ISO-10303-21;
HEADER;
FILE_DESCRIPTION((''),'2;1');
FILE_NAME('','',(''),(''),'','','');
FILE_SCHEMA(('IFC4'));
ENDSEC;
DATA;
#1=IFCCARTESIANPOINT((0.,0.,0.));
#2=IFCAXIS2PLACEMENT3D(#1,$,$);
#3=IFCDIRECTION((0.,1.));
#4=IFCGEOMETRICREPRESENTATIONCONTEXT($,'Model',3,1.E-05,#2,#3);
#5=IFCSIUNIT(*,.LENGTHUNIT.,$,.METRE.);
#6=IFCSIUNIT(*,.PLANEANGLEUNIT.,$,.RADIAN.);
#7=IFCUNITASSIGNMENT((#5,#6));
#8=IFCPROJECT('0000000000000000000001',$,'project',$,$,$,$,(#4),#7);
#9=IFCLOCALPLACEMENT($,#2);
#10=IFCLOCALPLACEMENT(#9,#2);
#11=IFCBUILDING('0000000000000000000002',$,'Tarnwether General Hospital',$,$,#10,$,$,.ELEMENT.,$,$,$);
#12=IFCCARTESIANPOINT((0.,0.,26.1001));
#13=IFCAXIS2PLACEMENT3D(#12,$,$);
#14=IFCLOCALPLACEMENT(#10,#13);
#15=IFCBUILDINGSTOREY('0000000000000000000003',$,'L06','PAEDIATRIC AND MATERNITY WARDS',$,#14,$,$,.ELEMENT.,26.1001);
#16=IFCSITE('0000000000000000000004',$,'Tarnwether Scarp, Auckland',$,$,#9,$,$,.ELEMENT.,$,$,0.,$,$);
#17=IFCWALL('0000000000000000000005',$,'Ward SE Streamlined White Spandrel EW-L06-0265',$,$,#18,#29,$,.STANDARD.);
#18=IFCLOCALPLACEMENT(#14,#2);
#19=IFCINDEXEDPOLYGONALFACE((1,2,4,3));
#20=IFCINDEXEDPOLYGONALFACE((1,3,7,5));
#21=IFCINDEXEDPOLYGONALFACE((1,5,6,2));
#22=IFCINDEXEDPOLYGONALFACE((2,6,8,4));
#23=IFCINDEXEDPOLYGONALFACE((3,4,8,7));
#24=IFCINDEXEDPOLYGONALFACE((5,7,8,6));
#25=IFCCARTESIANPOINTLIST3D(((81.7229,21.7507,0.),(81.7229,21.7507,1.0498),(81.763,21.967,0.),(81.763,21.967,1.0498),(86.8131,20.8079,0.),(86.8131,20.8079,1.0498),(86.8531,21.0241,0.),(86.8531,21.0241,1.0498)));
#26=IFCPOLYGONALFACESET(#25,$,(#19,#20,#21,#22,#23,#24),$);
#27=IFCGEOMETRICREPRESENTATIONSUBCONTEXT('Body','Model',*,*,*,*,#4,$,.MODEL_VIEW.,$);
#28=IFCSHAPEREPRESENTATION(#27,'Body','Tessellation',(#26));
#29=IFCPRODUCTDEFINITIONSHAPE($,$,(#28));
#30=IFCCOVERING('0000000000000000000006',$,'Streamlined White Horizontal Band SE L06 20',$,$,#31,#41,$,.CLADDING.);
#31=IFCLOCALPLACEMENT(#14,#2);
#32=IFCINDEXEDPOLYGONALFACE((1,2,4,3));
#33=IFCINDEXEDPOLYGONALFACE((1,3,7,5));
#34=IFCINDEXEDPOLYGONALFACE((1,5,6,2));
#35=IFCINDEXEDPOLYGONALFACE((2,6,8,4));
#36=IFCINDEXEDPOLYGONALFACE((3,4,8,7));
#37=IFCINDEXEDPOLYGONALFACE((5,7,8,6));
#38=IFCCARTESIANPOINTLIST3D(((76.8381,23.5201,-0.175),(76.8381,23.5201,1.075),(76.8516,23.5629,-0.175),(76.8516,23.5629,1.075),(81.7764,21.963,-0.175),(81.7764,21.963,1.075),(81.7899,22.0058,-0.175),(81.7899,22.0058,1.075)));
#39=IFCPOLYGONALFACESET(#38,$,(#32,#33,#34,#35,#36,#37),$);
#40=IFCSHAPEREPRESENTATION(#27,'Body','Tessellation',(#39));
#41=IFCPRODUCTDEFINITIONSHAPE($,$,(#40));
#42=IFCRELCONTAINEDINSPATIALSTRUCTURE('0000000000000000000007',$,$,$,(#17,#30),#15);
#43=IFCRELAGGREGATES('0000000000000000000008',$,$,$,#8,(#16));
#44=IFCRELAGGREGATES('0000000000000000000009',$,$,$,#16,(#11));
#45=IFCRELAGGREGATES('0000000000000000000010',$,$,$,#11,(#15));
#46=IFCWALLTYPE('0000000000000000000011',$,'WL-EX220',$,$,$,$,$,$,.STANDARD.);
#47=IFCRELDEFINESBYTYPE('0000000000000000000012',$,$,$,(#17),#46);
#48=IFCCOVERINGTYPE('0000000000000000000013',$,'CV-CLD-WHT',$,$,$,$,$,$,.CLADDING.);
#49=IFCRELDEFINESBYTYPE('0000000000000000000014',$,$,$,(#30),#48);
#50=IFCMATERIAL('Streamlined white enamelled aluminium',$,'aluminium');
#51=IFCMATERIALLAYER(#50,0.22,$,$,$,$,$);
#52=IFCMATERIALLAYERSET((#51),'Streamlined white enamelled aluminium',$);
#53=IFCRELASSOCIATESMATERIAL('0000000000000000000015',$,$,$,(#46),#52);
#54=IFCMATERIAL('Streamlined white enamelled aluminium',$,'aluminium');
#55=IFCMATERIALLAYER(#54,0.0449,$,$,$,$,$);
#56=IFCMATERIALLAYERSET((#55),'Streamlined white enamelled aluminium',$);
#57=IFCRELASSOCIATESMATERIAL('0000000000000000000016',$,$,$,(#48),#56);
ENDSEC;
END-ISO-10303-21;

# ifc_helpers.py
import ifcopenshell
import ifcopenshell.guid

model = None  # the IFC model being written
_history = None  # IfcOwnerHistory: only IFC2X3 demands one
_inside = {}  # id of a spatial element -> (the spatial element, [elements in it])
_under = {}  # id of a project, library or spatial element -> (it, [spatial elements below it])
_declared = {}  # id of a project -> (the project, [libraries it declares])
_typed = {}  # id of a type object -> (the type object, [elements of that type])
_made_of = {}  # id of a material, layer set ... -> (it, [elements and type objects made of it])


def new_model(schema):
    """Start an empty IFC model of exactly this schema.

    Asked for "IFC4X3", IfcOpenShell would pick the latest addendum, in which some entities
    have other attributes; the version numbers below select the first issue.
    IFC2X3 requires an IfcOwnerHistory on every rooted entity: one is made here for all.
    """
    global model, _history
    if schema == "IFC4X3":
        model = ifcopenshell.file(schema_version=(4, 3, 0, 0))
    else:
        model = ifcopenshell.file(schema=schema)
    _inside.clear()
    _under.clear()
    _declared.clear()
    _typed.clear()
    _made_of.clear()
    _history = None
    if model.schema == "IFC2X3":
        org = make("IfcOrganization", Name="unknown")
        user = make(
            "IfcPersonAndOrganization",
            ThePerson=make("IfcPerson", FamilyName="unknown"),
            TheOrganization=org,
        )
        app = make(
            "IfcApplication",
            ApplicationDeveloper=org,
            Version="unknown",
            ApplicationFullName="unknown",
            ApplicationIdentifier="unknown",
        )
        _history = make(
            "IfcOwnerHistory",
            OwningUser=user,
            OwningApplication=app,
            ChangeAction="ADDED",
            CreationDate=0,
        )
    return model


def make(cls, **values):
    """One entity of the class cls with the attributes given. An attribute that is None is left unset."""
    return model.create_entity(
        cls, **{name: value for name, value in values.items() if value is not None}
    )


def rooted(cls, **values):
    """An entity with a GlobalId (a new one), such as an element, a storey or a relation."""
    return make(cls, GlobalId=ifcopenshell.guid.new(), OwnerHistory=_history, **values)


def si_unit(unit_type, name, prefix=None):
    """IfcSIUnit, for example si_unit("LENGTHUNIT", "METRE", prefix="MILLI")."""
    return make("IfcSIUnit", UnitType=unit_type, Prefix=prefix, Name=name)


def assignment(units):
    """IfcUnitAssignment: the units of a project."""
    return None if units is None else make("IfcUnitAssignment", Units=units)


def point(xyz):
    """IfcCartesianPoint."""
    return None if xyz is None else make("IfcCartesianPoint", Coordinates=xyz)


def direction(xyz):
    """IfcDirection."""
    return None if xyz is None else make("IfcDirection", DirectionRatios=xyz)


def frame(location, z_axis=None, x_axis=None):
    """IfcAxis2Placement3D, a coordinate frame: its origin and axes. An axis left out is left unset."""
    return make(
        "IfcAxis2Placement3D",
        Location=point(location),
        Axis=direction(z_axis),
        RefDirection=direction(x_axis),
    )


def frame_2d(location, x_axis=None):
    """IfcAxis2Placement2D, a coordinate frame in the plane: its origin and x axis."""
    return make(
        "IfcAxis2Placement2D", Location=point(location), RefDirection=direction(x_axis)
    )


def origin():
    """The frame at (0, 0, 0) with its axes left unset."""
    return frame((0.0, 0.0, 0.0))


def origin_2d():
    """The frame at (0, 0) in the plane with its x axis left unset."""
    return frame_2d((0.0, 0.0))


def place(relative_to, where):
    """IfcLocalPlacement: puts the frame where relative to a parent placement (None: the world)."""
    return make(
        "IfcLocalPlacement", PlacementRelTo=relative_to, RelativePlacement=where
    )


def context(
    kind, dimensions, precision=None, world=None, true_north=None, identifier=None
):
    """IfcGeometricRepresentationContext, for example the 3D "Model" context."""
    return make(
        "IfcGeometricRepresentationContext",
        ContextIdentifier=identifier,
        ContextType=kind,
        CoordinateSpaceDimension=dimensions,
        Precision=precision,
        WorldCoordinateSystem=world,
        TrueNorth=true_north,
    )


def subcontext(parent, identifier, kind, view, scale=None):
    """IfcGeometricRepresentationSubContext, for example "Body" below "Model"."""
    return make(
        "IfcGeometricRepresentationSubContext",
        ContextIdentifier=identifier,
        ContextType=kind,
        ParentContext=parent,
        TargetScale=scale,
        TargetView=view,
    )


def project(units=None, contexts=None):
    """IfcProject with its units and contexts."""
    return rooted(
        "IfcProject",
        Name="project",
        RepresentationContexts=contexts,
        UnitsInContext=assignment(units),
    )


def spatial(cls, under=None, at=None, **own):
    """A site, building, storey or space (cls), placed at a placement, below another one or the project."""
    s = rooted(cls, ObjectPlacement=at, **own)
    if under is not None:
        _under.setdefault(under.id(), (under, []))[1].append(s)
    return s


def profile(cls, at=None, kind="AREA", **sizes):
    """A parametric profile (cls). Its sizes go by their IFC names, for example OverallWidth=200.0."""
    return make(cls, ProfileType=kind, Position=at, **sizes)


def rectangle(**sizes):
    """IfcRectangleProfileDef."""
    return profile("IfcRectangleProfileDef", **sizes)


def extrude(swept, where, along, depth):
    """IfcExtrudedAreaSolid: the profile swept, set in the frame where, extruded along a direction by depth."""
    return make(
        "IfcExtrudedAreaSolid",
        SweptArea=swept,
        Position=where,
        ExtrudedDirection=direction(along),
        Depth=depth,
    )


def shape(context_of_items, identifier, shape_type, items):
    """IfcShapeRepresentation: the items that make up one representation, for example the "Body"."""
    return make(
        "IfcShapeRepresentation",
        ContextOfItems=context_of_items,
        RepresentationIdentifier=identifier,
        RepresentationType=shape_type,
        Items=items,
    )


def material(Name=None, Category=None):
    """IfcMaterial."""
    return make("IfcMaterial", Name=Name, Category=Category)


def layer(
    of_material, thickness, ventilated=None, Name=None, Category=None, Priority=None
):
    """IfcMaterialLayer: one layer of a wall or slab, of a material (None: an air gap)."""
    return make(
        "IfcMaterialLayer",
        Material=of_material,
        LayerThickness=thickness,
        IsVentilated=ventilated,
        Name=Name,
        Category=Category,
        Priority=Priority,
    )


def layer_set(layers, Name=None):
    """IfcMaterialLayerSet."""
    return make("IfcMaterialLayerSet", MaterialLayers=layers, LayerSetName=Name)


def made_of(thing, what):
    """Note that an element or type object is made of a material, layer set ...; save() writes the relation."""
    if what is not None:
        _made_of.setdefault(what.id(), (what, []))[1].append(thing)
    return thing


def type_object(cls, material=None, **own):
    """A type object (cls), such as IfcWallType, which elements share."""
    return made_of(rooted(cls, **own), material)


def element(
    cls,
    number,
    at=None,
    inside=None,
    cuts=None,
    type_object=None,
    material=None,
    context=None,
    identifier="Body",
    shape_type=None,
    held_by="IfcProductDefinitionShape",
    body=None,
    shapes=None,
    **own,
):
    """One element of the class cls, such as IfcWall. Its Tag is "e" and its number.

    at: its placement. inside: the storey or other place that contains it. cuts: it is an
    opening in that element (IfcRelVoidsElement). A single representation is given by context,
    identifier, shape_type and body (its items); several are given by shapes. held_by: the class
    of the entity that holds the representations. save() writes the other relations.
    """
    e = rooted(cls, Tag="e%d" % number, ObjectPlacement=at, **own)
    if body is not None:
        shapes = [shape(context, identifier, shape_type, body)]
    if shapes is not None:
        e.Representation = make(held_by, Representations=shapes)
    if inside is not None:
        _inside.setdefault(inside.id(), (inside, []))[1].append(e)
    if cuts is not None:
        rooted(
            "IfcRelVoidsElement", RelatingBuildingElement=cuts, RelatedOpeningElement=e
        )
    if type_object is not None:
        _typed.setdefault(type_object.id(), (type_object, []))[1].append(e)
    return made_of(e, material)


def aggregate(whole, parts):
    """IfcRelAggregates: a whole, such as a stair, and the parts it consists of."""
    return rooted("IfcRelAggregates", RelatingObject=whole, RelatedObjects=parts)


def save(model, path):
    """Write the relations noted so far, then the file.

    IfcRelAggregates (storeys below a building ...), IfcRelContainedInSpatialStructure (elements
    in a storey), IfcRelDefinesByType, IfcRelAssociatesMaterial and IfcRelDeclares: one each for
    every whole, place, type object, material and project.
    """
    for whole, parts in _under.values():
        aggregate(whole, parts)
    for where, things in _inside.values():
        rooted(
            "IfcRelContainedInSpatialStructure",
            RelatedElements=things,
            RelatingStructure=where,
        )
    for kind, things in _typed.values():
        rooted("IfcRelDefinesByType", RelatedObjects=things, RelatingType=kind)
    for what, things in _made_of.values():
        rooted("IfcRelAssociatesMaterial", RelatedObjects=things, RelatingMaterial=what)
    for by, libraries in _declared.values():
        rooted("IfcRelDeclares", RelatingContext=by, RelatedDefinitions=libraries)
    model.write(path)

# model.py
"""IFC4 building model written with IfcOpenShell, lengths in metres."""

from ifc_helpers import new_model, si_unit, direction, frame, frame_2d, origin, origin_2d, place, context, subcontext, project, spatial, rectangle, extrude, material, layer, layer_set, type_object, element, save


model = new_model("IFC4")

# Units and contexts
model_context = context("Model", 3, precision=1e-05, world=origin(), true_north=direction((0.0, 1.0)))
body_context = subcontext(model_context, "Body", "Model", "MODEL_VIEW")
ifc_project = project(units=[si_unit("LENGTHUNIT", "METRE"), si_unit("PLANEANGLEUNIT", "RADIAN")], contexts=[model_context])

# Site, building, storey
site_placement = place(None, origin())
site = spatial("IfcSite", under=ifc_project, at=site_placement, Name="Tarnwether Scarp, Auckland", CompositionType="ELEMENT", RefElevation=0.0)
building_placement = place(site_placement, origin())
building = spatial("IfcBuilding", under=site, at=building_placement, Name="Tarnwether General Hospital", CompositionType="ELEMENT")
storey_placement = place(building_placement, frame((0.0, 0.0, 26.1001)))
storey = spatial("IfcBuildingStorey", under=building, at=storey_placement, Name="L06", Description="PAEDIATRIC AND MATERNITY WARDS", CompositionType="ELEMENT", Elevation=26.1001)

# Wall
ifc_material_1 = material(Name="Streamlined white enamelled aluminium", Category="aluminium")
ifc_layer_1 = layer(ifc_material_1, 0.22)
ifc_layer_set_1 = layer_set([ifc_layer_1], Name="Streamlined white enamelled aluminium")
wall_type = type_object("IfcWallType", Name="WL-EX220", PredefinedType="STANDARD", material=ifc_layer_set_1)
wall_placement = place(storey_placement, frame((81.7429, 21.8589, 0.0), z_axis=(0.0, 0.0, 1.0), x_axis=(0.983273, -0.182138, 0.0)))
element("IfcWall", 1, at=wall_placement, inside=storey, type_object=wall_type, Name="Ward SE Streamlined White Spandrel EW-L06-0265", PredefinedType="STANDARD", context=body_context, shape_type="SweptSolid", body=[
    extrude(rectangle(XDim=5.1768, YDim=0.22, at=frame_2d((2.5884, 0.0))), origin(), (0.0, 0.0, 1.0), 1.0498),
])

# Covering
ifc_material_2 = material(Name="Streamlined white enamelled aluminium", Category="aluminium")
ifc_layer_2 = layer(ifc_material_2, 0.0449)
ifc_layer_set_2 = layer_set([ifc_layer_2], Name="Streamlined white enamelled aluminium")
covering_type = type_object("IfcCoveringType", Name="CV-CLD-WHT", PredefinedType="CLADDING", material=ifc_layer_set_2)
covering_placement = place(storey_placement, frame((79.314, 22.7629, -0.175), z_axis=(0.0, 0.0, 1.0), x_axis=(0.953712, -0.300722, 0.0)))
element("IfcCovering", 2, at=covering_placement, inside=storey, type_object=covering_type, Name="Streamlined White Horizontal Band SE L06 20", PredefinedType="CLADDING", context=body_context, shape_type="SweptSolid", body=[
    extrude(rectangle(XDim=5.178, YDim=0.0449, at=origin_2d()), origin(), (0.0, 0.0, 1.0), 1.25),
])

save(model, "model.ifc")
